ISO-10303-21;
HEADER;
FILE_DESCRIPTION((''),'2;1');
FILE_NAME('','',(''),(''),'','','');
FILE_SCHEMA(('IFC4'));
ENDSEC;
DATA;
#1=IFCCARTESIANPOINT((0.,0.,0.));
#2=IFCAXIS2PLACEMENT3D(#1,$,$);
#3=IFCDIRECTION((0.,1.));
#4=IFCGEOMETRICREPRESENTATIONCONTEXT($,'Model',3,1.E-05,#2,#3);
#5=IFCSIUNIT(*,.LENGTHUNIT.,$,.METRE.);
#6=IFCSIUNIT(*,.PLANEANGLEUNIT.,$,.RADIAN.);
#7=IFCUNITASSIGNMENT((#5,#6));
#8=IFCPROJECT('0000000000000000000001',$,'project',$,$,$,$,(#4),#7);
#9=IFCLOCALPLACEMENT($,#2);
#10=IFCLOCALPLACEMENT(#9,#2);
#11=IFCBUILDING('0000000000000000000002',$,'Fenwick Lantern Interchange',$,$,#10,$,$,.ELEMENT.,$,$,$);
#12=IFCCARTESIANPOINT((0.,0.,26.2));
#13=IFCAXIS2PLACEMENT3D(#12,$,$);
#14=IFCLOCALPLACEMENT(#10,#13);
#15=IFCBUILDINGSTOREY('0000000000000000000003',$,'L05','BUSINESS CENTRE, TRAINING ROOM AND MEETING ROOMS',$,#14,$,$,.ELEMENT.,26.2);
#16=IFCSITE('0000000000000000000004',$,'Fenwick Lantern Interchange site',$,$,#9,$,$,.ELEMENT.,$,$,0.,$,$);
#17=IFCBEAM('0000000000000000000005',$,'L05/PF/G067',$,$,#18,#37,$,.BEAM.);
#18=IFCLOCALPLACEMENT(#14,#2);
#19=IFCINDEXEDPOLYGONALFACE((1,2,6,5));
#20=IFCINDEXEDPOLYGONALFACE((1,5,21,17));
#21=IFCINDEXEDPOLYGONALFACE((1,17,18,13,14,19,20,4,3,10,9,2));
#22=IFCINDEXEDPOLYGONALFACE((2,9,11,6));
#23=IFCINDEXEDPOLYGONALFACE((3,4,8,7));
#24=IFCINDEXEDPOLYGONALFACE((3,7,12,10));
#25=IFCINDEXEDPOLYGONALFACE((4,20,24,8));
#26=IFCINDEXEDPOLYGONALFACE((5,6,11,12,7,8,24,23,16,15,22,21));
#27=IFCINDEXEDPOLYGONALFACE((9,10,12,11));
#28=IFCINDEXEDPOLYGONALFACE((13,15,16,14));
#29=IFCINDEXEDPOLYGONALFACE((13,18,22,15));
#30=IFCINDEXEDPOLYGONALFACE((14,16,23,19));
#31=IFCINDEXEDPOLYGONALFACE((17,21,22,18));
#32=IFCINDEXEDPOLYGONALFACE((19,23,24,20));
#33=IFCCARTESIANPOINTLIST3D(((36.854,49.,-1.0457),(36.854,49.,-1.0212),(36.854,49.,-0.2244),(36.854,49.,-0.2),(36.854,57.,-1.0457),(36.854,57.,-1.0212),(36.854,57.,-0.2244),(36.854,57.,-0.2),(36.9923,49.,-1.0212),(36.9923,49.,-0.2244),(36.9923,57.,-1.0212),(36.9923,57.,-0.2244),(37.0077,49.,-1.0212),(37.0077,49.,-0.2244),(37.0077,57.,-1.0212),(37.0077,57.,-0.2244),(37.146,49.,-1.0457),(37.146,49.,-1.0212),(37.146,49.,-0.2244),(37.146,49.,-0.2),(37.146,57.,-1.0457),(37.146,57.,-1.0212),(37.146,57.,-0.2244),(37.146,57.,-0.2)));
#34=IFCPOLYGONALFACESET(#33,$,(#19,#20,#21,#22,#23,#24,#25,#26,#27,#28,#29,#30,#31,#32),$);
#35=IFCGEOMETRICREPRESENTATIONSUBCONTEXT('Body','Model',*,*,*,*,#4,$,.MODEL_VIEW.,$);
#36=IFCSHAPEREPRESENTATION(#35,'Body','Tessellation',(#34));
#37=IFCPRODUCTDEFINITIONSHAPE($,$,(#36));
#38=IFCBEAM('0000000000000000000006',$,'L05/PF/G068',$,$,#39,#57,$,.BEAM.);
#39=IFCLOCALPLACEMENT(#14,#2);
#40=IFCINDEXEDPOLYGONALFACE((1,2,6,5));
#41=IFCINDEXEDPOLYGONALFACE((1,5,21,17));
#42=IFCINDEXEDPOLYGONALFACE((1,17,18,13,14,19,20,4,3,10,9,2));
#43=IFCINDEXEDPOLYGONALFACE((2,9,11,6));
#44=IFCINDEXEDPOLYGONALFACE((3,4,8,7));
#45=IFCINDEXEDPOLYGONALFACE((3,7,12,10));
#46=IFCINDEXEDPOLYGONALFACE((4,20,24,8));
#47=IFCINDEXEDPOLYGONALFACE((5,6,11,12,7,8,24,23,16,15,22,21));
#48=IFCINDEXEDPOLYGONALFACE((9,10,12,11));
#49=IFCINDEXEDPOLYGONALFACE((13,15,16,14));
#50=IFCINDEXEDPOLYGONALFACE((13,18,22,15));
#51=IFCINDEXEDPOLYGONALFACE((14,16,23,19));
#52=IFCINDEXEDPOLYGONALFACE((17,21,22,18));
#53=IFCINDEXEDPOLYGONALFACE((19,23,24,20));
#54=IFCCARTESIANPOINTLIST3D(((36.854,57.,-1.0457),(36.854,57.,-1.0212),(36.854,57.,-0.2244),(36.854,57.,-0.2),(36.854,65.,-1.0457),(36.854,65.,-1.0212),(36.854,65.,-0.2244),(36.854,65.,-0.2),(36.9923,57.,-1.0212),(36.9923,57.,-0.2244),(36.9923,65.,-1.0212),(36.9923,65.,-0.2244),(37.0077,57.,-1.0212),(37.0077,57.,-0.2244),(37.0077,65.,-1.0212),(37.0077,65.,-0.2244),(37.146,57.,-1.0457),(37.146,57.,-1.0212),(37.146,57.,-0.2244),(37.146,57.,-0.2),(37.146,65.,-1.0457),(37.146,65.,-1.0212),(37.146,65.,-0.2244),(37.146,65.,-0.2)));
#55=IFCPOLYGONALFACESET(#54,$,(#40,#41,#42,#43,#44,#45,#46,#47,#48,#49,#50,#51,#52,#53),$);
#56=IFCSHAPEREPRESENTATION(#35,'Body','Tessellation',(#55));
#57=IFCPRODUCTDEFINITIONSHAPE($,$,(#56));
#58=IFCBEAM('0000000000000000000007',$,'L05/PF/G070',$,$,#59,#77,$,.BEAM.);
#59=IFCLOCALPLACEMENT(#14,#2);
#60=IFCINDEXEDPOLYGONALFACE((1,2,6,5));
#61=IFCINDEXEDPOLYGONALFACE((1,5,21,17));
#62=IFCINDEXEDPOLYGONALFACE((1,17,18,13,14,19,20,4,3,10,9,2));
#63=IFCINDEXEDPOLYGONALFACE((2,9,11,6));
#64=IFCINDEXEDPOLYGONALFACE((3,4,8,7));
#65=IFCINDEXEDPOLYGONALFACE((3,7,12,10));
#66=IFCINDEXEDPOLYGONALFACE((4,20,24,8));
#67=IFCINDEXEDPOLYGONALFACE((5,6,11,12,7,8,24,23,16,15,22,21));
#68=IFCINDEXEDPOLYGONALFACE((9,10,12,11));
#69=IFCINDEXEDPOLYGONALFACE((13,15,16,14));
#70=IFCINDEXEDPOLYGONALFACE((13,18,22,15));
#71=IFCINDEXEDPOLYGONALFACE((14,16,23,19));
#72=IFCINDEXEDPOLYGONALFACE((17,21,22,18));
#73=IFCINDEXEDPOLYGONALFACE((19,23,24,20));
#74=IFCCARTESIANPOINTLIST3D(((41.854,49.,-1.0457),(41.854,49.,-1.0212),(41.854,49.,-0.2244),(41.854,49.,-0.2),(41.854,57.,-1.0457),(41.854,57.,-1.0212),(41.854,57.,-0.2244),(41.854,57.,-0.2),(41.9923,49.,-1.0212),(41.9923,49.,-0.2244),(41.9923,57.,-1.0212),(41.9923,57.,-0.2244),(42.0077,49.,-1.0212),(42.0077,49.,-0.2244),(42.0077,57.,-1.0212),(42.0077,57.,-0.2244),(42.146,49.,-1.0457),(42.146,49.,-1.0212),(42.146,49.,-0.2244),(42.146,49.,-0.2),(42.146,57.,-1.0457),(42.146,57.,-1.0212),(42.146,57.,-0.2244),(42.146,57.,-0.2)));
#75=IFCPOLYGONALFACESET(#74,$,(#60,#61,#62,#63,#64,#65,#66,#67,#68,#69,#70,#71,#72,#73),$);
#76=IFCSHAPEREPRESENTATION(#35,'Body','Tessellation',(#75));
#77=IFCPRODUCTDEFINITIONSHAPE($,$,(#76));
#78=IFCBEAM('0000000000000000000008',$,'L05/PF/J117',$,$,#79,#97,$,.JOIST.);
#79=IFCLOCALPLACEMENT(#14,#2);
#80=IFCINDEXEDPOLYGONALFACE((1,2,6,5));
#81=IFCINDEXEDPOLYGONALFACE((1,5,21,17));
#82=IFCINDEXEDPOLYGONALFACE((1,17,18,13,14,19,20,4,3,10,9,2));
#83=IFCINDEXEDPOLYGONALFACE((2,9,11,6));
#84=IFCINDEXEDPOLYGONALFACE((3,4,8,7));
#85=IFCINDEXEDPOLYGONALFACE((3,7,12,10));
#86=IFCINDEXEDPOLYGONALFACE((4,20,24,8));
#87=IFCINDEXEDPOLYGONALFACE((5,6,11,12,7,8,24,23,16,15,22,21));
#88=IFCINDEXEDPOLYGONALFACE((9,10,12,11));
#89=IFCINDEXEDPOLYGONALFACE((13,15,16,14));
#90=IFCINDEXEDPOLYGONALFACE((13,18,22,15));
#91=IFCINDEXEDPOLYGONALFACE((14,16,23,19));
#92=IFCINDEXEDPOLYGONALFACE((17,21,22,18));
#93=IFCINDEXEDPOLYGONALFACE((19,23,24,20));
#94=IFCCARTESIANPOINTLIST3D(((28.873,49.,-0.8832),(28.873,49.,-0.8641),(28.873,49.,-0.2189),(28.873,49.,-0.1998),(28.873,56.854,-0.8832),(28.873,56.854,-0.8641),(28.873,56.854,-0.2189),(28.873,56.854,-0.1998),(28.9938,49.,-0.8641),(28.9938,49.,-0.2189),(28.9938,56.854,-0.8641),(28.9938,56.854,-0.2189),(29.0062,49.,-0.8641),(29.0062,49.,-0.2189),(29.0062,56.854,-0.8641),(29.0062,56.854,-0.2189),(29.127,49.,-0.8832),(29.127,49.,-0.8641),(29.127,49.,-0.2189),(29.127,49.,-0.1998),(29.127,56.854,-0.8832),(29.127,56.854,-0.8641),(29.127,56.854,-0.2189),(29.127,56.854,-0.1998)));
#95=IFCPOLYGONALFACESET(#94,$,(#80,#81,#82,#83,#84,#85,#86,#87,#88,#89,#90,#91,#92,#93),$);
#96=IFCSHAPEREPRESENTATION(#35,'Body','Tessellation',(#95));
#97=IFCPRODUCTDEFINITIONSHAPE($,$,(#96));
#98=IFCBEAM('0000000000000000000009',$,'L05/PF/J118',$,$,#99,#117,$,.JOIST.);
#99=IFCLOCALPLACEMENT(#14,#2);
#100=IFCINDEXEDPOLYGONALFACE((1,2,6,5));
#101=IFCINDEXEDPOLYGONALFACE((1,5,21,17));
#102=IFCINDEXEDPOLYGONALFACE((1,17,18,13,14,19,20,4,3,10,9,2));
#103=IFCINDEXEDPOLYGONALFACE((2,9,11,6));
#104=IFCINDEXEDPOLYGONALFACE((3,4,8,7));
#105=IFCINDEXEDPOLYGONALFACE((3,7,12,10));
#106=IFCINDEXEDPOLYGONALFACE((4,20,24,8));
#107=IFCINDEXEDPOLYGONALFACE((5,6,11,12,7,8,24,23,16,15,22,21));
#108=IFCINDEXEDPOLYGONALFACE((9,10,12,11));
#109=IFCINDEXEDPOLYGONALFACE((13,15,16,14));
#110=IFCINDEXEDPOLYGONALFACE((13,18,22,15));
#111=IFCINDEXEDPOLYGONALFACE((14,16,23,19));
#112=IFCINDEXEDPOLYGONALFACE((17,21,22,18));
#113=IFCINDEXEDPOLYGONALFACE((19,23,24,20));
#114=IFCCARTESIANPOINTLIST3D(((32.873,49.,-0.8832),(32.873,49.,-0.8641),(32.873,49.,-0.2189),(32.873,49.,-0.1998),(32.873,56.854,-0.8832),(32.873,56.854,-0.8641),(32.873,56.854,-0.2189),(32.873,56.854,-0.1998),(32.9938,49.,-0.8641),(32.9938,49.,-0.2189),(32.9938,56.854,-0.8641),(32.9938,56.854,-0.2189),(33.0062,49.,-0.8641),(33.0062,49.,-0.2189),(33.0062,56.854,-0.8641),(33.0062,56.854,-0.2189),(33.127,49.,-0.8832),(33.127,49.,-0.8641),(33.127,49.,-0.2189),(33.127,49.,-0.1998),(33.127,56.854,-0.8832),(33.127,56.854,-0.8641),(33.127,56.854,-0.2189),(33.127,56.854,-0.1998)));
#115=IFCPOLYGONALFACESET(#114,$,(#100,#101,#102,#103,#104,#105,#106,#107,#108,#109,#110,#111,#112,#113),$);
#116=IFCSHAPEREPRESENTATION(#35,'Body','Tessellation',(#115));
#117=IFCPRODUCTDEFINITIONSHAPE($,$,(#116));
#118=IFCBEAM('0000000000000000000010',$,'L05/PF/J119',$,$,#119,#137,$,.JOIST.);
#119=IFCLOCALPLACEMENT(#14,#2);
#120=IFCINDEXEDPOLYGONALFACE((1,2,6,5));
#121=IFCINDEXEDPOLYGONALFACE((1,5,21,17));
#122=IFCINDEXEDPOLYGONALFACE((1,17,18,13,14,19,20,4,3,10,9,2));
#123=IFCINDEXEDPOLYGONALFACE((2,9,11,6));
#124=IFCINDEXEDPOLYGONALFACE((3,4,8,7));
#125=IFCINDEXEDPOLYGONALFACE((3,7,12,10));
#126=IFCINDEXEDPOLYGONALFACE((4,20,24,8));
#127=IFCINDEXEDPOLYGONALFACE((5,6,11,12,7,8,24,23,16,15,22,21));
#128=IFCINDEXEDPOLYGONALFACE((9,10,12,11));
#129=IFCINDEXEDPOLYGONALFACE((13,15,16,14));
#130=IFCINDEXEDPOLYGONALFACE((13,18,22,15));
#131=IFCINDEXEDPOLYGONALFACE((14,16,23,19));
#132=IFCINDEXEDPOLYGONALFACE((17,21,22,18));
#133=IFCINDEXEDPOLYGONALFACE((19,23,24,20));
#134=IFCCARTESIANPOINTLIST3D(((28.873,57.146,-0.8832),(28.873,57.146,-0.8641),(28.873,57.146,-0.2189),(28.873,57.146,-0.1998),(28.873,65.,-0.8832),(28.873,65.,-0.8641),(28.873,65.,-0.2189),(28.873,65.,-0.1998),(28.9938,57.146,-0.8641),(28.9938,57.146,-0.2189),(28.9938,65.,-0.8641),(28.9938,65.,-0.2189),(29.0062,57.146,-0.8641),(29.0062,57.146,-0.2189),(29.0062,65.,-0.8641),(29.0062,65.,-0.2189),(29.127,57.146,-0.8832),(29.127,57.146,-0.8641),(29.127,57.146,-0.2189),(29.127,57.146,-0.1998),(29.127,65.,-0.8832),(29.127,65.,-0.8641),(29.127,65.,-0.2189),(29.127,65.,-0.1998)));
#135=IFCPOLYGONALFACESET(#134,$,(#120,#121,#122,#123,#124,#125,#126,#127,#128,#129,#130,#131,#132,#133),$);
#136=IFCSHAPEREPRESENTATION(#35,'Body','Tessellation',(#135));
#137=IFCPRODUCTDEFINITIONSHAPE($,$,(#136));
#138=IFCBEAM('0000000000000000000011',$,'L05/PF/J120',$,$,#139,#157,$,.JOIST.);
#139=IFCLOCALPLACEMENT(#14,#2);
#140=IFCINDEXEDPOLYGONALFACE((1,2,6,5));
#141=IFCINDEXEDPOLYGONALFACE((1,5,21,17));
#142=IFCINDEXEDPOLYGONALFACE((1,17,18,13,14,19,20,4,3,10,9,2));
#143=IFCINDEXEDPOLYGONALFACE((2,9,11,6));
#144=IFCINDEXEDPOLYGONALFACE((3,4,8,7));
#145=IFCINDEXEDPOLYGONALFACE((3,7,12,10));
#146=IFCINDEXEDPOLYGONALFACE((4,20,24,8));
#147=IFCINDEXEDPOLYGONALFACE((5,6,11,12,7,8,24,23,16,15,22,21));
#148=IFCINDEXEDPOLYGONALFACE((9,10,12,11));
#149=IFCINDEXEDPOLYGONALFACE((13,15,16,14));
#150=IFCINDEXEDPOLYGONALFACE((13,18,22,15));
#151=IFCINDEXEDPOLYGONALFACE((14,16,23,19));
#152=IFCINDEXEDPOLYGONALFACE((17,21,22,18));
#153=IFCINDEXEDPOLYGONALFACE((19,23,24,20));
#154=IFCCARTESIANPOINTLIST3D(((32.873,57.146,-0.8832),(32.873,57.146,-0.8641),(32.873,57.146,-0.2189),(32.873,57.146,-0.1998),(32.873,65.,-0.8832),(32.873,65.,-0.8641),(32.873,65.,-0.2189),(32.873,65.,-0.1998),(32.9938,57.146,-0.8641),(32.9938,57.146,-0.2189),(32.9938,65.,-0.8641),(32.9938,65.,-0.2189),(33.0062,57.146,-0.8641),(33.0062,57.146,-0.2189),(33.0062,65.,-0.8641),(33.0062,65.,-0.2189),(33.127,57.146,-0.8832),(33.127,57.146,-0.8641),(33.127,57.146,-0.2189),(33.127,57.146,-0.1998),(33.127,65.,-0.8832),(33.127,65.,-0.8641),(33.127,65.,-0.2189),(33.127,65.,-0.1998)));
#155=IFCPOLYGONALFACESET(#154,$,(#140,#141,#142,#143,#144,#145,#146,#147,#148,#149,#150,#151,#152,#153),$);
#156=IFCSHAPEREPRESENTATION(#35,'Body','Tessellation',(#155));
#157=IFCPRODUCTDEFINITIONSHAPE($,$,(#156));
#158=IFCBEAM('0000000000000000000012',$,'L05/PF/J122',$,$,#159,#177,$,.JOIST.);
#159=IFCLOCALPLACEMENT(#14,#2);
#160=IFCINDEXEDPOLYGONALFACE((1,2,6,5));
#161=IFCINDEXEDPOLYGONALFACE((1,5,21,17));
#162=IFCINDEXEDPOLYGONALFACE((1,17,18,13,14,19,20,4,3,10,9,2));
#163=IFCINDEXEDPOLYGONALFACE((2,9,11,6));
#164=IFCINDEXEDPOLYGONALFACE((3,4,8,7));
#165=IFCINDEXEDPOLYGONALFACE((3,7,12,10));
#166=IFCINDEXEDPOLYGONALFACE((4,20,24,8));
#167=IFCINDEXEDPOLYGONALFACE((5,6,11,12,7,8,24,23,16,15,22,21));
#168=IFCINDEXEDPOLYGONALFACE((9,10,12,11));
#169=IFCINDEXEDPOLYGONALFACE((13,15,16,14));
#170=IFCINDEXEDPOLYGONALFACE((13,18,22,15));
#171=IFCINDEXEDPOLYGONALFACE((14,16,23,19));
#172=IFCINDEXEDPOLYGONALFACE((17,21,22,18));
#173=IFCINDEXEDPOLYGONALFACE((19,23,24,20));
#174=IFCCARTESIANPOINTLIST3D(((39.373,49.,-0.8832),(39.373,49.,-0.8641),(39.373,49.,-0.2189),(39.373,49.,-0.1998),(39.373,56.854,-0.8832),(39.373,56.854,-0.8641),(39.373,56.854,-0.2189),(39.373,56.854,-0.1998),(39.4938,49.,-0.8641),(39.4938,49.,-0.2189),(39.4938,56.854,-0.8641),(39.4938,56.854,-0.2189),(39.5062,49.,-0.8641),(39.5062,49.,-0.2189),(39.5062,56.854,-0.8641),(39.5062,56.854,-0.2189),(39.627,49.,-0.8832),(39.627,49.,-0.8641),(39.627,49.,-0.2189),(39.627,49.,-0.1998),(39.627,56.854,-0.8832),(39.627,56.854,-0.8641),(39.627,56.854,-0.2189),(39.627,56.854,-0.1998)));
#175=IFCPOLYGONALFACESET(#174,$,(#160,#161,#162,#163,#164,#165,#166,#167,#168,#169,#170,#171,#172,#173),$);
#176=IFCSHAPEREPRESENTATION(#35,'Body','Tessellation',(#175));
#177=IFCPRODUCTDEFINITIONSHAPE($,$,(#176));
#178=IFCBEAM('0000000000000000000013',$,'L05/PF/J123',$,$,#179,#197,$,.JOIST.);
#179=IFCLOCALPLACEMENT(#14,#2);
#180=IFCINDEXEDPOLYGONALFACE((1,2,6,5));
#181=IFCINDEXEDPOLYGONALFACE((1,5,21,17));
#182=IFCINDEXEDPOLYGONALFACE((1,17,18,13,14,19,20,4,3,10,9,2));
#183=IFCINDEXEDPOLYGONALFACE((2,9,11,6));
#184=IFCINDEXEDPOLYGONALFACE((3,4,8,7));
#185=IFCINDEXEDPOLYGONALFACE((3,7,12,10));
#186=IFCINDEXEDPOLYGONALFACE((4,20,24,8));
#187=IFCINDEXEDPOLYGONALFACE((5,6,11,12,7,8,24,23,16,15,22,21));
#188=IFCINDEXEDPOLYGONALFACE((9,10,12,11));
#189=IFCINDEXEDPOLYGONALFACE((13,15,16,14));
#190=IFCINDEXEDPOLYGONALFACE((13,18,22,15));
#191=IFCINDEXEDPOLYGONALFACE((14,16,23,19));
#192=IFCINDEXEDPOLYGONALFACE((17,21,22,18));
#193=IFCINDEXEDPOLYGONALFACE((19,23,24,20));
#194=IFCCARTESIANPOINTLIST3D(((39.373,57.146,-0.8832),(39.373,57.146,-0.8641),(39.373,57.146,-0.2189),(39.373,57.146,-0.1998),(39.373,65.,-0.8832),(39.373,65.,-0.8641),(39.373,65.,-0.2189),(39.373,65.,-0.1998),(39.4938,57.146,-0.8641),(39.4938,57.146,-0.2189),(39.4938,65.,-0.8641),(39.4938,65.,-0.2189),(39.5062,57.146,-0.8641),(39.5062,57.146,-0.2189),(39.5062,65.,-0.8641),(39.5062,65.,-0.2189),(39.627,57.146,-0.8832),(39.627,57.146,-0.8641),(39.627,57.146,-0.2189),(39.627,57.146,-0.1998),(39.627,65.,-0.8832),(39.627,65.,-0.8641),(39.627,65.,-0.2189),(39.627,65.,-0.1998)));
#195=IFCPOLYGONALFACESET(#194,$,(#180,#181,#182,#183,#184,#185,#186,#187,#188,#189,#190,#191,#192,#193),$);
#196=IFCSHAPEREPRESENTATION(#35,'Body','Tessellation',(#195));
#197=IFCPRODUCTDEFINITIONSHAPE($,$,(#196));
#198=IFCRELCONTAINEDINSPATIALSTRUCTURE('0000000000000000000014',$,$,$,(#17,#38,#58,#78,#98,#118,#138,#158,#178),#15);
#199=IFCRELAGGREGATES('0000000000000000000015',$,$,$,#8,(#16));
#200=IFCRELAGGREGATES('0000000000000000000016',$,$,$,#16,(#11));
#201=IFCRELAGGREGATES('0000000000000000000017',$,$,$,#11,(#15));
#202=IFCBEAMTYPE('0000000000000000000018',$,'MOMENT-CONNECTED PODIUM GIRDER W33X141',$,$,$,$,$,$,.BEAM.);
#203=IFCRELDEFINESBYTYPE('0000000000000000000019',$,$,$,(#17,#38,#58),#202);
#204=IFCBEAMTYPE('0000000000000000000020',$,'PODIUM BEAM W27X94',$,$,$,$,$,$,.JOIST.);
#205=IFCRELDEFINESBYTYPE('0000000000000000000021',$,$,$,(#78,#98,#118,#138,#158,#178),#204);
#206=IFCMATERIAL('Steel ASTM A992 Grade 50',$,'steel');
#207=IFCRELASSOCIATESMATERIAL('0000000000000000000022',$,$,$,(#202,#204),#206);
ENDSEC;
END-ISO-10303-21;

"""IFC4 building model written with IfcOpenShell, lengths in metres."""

from ifc_helpers import new_model, si_unit, direction, frame, origin, origin_2d, place, context, subcontext, project, spatial, i_section, extrude, material, material_profile, profile_set, type_object, element, save


model = new_model("IFC4")

# Units and contexts
model_context = context("Model", 3, precision=1e-05, world=origin(), true_north=direction((0.0, 1.0)))
body_context = subcontext(model_context, "Body", "Model", "MODEL_VIEW")
ifc_project = project(units=[si_unit("LENGTHUNIT", "METRE"), si_unit("PLANEANGLEUNIT", "RADIAN")], contexts=[model_context])

# Site, building, storey
site_placement = place(None, origin())
site = spatial("IfcSite", under=ifc_project, at=site_placement, Name="Fenwick Lantern Interchange site", CompositionType="ELEMENT", RefElevation=0.0)
building_placement = place(site_placement, origin())
building = spatial("IfcBuilding", under=site, at=building_placement, Name="Fenwick Lantern Interchange", CompositionType="ELEMENT")
storey_placement = place(building_placement, frame((0.0, 0.0, 26.2)))
storey = spatial("IfcBuildingStorey", under=building, at=storey_placement, Name="L05", Description="BUSINESS CENTRE, TRAINING ROOM AND MEETING ROOMS", CompositionType="ELEMENT", Elevation=26.2)

# Shared definitions
ifc_material_1 = material(Name="Steel ASTM A992 Grade 50", Category="steel")

# Beams
ifc_material_profile_1 = material_profile(ifc_material_1, i_section(OverallWidth=0.292, OverallDepth=0.8457, WebThickness=0.0154, FlangeThickness=0.0244, at=origin_2d()), Name="W33X141")
ifc_profile_set_1 = profile_set([ifc_material_profile_1], Name="Steel ASTM A992 Grade 50")
beam_type_1 = type_object("IfcBeamType", Name="MOMENT-CONNECTED PODIUM GIRDER W33X141", PredefinedType="BEAM", material=ifc_profile_set_1)
for number, where, z_axis, x_axis, name in (
    (1, (37.0, 49.0, -0.6228), (0.0, 1.0, 0.0), (-1.0, 0.0, 0.0), "L05/PF/G067"),
    (2, (37.0, 57.0, -0.6228), (0.0, 1.0, 0.0), (-1.0, 0.0, 0.0), "L05/PF/G068"),
    (3, (42.0, 49.0, -0.6228), (0.0, 1.0, 0.0), (-1.0, 0.0, 0.0), "L05/PF/G070"),
):
    element("IfcBeam", number, at=place(storey_placement, frame(where, z_axis=z_axis, x_axis=x_axis)), inside=storey, type_object=beam_type_1, Name=name, PredefinedType="BEAM", context=body_context, shape_type="SweptSolid", body=[
        extrude(i_section(OverallWidth=0.292, OverallDepth=0.8457, WebThickness=0.0154, FlangeThickness=0.0244, at=origin_2d()), origin(), (0.0, 0.0, 1.0), 8.0),
    ])
ifc_material_profile_2 = material_profile(ifc_material_1, i_section(OverallWidth=0.2539, OverallDepth=0.6833, WebThickness=0.0125, FlangeThickness=0.019, at=origin_2d()), Name="W27X94")
ifc_profile_set_2 = profile_set([ifc_material_profile_2], Name="Steel ASTM A992 Grade 50")
beam_type_2 = type_object("IfcBeamType", Name="PODIUM BEAM W27X94", PredefinedType="JOIST", material=ifc_profile_set_2)
for number, where, z_axis, x_axis, name in (
    (4, (29.0, 49.0, -0.5415), (0.0, 1.0, 0.0), (-1.0, 0.0, 0.0), "L05/PF/J117"),
    (5, (33.0, 49.0, -0.5415), (0.0, 1.0, 0.0), (-1.0, 0.0, 0.0), "L05/PF/J118"),
    (6, (29.0, 57.146, -0.5415), (0.0, 1.0, 0.0), (-1.0, 0.0, 0.0), "L05/PF/J119"),
    (7, (33.0, 57.146, -0.5415), (0.0, 1.0, 0.0), (-1.0, 0.0, 0.0), "L05/PF/J120"),
    (8, (39.5, 49.0, -0.5415), (0.0, 1.0, 0.0), (-1.0, 0.0, 0.0), "L05/PF/J122"),
    (9, (39.5, 57.146, -0.5415), (0.0, 1.0, 0.0), (-1.0, 0.0, 0.0), "L05/PF/J123"),
):
    element("IfcBeam", number, at=place(storey_placement, frame(where, z_axis=z_axis, x_axis=x_axis)), inside=storey, type_object=beam_type_2, Name=name, PredefinedType="JOIST", context=body_context, shape_type="SweptSolid", body=[
        extrude(i_section(OverallWidth=0.2539, OverallDepth=0.6833, WebThickness=0.0125, FlangeThickness=0.019, at=origin_2d()), origin(), (0.0, 0.0, 1.0), 7.854),
    ])

save(model, "model.ifc")
